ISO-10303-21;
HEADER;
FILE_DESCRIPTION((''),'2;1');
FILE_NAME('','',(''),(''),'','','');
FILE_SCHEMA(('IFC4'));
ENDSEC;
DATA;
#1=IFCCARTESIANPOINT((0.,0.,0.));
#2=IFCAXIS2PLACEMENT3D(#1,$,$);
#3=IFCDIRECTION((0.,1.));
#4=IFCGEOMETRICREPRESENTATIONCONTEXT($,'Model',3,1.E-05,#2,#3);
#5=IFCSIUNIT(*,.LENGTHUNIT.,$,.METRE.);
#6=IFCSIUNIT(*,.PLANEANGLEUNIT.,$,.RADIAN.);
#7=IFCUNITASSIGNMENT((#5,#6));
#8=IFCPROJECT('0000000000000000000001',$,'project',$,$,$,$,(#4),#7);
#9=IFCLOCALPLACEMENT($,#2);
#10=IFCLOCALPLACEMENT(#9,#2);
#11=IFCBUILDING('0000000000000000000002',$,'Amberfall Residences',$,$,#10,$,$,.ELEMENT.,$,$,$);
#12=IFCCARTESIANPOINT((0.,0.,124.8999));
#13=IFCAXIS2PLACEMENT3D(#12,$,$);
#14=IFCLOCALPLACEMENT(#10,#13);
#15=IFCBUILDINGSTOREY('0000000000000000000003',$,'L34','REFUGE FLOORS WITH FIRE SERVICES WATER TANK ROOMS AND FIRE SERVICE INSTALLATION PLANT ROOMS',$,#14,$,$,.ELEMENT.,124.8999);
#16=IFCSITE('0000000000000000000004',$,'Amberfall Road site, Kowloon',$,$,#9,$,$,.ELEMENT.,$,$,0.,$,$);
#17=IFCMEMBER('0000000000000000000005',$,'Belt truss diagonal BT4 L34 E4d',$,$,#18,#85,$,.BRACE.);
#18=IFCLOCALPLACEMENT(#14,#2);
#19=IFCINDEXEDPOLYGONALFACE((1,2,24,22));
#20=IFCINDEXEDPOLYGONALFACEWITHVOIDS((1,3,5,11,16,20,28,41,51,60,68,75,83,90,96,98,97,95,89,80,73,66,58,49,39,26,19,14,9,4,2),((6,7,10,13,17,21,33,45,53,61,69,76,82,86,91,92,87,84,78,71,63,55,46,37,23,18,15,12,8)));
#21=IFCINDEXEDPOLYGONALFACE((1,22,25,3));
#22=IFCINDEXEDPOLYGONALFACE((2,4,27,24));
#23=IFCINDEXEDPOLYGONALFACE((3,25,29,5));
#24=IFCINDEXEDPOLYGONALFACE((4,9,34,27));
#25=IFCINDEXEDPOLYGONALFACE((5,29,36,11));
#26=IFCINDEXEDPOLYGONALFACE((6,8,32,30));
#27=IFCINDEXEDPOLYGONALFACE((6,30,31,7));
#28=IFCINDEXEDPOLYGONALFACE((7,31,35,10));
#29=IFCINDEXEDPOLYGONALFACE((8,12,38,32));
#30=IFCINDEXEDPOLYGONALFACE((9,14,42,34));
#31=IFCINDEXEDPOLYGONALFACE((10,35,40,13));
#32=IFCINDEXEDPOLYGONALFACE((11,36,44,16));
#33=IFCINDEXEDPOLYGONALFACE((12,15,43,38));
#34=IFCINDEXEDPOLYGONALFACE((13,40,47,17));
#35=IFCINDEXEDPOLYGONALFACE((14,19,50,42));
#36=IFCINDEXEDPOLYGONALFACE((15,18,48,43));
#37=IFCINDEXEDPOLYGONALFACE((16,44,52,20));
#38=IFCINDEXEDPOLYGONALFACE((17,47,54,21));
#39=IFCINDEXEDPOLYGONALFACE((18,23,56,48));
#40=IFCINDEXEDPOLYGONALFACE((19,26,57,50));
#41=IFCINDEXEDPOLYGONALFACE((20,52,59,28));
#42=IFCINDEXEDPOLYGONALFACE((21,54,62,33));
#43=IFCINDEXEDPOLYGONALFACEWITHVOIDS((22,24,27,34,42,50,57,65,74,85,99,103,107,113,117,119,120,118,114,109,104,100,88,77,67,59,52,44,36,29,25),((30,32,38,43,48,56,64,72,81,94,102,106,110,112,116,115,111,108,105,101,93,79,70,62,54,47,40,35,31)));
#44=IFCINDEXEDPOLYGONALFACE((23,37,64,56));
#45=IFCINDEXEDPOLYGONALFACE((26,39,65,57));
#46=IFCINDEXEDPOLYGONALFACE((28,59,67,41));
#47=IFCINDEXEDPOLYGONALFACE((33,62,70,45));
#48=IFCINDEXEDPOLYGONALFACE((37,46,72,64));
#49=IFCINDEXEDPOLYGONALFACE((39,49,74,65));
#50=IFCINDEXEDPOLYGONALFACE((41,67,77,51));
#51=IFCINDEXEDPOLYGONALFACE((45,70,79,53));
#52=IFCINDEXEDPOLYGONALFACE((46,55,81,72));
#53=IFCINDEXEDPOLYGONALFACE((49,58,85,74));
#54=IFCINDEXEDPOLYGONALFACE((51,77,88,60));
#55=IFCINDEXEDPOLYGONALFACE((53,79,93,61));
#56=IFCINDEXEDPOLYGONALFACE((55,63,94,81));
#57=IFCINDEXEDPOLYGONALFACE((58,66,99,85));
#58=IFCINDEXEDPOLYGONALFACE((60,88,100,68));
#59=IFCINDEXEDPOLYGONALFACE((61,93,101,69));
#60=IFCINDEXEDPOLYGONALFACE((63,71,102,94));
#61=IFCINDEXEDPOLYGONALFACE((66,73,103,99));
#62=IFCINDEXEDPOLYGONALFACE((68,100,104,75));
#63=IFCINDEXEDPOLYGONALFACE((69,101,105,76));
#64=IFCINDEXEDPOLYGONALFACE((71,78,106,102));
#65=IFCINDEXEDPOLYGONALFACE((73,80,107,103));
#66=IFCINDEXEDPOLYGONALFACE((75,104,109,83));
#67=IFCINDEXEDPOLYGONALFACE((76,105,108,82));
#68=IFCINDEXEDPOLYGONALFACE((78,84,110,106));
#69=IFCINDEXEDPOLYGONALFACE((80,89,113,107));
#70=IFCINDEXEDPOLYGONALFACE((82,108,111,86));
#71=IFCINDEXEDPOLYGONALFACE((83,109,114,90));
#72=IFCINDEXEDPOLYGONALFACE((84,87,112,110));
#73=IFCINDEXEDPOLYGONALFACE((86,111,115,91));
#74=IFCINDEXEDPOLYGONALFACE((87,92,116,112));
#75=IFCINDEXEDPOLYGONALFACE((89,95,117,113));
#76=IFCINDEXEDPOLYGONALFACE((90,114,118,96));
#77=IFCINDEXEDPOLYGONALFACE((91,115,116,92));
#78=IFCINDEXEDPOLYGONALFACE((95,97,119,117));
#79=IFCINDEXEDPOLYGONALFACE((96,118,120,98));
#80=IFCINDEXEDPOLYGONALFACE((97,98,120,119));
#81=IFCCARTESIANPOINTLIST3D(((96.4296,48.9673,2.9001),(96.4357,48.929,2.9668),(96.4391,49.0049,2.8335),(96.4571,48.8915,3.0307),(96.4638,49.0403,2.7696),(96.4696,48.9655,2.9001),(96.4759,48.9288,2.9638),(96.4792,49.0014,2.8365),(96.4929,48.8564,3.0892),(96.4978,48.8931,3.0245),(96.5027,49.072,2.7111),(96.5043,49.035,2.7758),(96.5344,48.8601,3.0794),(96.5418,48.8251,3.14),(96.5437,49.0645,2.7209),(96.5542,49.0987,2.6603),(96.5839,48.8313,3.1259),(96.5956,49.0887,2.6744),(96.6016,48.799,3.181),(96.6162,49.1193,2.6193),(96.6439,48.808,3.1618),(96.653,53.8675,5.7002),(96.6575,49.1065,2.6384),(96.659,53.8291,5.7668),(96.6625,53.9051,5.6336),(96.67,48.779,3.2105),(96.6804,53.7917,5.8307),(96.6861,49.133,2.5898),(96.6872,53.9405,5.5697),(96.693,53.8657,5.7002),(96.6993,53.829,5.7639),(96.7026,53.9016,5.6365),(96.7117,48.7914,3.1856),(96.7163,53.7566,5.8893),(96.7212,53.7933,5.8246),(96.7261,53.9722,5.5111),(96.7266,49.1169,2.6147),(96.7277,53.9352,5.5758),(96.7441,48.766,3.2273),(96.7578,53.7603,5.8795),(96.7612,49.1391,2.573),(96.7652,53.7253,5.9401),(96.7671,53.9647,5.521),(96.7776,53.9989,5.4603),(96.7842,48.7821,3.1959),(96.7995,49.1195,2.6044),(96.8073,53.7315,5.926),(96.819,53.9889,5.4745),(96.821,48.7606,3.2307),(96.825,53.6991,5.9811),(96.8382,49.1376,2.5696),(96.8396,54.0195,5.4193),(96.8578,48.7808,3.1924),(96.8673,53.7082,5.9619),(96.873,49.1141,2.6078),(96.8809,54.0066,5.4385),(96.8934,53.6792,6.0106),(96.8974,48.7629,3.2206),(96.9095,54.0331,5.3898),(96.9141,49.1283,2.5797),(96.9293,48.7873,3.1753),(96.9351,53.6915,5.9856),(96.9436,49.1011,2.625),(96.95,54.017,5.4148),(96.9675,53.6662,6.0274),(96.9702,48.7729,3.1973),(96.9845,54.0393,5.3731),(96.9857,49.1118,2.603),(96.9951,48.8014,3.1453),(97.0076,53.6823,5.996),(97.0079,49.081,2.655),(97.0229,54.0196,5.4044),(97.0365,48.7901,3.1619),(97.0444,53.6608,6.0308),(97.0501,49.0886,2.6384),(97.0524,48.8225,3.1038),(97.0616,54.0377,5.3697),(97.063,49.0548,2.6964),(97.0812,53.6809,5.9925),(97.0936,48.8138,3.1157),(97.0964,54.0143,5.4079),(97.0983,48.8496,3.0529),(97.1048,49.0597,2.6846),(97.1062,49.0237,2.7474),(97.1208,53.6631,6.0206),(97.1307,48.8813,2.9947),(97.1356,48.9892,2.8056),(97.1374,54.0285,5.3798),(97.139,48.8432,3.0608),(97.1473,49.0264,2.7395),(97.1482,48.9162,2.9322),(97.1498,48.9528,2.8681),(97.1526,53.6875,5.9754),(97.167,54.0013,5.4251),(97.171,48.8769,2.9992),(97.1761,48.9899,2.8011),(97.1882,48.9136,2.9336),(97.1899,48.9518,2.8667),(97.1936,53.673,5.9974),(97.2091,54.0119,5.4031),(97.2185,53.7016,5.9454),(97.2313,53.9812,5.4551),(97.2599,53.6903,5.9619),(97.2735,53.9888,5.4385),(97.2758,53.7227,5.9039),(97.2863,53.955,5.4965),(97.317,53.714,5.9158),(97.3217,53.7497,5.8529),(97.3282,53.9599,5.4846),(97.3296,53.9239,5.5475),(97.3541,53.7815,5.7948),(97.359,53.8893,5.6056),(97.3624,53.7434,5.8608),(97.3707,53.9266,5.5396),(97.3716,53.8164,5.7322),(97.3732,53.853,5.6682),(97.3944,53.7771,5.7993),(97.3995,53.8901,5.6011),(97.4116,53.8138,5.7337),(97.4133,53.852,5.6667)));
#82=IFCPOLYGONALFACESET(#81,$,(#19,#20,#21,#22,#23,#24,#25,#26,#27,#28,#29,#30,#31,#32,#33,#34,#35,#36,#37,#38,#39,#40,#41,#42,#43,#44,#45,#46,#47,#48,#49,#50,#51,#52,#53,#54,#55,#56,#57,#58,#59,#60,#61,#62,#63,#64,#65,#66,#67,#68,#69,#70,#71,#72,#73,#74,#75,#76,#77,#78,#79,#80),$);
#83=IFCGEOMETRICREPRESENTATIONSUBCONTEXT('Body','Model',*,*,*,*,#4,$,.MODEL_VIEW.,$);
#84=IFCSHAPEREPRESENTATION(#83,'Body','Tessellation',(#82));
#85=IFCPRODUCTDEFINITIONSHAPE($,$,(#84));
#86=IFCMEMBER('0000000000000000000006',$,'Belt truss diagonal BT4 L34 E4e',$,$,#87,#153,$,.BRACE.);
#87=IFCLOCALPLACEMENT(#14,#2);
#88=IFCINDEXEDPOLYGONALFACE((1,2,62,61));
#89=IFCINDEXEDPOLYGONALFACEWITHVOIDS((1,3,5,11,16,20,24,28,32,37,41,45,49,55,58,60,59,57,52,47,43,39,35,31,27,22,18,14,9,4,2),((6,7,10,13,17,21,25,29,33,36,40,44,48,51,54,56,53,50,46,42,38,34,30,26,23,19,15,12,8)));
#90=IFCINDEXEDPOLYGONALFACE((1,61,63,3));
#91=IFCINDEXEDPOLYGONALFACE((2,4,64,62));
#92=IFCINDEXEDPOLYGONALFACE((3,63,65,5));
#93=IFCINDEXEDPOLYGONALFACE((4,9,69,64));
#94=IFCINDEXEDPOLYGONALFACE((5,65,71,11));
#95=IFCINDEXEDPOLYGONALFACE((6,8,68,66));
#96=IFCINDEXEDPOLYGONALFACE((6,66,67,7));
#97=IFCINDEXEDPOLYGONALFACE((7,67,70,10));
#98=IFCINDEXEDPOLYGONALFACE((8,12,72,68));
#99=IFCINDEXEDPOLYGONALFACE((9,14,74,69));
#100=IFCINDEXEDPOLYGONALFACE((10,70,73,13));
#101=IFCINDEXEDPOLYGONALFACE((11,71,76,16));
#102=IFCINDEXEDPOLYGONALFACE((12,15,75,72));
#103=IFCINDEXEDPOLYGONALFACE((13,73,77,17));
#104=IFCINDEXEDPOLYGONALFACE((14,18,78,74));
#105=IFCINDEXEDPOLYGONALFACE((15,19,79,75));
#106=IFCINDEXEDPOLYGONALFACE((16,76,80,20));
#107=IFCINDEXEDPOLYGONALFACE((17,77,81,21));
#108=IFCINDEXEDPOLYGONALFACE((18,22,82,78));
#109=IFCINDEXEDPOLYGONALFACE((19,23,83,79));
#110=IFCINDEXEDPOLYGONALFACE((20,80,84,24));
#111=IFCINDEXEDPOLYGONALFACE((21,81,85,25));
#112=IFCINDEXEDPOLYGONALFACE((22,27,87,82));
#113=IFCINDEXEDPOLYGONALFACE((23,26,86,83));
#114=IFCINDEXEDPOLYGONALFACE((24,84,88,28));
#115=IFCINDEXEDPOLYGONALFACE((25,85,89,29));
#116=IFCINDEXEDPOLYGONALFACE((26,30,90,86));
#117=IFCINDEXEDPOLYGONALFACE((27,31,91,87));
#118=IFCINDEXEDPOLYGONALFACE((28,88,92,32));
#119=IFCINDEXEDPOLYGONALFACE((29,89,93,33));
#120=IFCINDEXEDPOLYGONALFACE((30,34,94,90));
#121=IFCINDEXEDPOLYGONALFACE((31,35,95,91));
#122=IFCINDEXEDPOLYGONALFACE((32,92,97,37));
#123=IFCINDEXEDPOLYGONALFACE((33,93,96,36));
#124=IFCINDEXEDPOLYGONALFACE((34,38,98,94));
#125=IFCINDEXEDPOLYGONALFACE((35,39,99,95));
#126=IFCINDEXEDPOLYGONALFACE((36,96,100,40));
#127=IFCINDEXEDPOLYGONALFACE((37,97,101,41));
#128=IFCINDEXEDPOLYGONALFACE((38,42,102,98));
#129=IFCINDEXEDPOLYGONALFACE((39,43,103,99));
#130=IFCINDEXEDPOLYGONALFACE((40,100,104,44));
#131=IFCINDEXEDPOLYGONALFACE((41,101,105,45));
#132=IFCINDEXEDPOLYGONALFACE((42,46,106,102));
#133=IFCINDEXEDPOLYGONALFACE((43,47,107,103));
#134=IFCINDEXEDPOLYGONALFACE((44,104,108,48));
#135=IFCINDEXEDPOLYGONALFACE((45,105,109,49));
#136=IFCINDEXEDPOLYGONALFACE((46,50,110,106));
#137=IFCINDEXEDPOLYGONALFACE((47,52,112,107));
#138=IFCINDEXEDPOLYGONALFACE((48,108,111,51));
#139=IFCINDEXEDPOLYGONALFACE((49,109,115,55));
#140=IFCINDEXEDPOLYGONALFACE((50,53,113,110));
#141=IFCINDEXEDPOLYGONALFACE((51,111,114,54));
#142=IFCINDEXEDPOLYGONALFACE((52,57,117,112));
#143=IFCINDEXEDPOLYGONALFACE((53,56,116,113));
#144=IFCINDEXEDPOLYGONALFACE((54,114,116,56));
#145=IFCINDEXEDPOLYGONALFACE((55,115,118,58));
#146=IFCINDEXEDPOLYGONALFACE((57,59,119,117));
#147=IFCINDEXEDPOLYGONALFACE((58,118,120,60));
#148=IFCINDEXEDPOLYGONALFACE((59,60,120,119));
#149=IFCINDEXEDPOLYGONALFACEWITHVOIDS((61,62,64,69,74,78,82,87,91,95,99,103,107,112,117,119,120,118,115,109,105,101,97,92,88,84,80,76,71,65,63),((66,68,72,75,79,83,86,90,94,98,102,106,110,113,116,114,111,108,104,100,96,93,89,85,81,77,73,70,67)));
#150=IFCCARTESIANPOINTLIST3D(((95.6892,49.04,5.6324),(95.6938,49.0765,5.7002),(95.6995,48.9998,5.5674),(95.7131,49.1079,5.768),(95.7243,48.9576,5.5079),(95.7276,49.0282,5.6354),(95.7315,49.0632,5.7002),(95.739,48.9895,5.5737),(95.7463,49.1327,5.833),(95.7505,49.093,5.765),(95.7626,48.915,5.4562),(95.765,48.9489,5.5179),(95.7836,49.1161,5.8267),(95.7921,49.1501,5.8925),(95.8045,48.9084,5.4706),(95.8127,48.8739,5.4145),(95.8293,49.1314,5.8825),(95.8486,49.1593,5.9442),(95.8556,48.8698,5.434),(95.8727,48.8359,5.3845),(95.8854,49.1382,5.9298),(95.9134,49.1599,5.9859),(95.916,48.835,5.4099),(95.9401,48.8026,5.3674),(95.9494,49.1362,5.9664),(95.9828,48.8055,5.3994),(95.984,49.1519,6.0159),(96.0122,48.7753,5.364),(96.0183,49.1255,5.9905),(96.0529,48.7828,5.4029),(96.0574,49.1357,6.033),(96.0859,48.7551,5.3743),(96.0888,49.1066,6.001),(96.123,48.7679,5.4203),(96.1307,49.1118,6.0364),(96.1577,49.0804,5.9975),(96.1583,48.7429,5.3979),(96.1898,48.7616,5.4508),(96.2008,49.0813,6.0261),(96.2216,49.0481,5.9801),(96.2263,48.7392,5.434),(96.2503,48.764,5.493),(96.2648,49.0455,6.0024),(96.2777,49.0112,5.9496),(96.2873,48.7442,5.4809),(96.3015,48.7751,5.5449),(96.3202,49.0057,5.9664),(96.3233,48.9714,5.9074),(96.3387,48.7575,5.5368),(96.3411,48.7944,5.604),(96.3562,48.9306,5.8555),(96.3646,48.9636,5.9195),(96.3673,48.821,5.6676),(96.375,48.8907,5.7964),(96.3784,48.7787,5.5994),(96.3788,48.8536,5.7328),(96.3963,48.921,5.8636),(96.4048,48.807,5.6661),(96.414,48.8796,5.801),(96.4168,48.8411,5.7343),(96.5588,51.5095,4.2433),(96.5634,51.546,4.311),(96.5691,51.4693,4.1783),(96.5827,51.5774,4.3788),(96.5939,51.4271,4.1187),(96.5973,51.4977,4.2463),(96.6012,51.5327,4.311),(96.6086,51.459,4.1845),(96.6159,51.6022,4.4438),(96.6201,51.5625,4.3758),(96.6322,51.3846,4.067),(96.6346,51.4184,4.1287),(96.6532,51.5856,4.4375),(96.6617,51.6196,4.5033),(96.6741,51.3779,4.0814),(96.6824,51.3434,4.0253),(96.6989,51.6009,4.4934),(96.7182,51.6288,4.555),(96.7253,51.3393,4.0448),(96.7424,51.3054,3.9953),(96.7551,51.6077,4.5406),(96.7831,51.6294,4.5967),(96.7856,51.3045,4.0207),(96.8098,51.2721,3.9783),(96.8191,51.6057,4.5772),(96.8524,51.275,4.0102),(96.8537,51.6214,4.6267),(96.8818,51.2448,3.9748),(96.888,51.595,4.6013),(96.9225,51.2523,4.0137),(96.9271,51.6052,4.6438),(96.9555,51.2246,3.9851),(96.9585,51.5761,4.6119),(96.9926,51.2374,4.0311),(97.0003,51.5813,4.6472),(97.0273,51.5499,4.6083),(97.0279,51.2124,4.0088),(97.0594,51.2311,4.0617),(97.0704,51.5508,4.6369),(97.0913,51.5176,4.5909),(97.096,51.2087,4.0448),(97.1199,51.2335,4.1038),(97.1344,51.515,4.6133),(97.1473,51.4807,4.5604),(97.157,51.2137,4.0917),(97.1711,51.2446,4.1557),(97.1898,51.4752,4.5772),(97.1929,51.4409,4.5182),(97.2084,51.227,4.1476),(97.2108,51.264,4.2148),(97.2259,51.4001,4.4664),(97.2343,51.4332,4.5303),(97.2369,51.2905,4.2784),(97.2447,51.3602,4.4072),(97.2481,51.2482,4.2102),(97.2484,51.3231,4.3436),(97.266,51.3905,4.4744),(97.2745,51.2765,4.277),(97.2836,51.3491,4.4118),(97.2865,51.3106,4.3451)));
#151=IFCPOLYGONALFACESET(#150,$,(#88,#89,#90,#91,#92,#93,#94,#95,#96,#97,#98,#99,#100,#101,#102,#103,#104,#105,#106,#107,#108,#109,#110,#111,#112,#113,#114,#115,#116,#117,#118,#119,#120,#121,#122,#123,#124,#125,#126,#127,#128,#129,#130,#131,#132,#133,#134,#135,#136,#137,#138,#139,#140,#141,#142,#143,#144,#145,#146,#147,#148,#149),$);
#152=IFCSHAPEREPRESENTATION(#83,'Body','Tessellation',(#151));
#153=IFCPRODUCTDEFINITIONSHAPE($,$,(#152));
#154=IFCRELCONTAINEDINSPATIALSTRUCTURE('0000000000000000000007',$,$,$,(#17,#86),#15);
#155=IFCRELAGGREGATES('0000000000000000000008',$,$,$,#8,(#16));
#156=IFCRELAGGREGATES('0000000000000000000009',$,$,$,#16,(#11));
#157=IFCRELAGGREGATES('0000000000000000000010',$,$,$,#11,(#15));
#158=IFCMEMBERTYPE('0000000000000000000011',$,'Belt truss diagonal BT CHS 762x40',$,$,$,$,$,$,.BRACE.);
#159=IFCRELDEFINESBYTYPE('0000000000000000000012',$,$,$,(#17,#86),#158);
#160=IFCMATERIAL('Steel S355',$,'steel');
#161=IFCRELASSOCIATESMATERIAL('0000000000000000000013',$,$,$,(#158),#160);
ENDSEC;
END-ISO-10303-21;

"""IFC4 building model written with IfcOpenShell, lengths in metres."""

from ifc_helpers import new_model, si_unit, direction, frame, origin, origin_2d, place, context, subcontext, project, spatial, hollow_circle, extrude, material, material_profile, profile_set, type_object, element, save


model = new_model("IFC4")

# Units and contexts
model_context = context("Model", 3, precision=1e-05, world=origin(), true_north=direction((0.0, 1.0)))
body_context = subcontext(model_context, "Body", "Model", "MODEL_VIEW")
ifc_project = project(units=[si_unit("LENGTHUNIT", "METRE"), si_unit("PLANEANGLEUNIT", "RADIAN")], contexts=[model_context])

# Site, building, storey
site_placement = place(None, origin())
site = spatial("IfcSite", under=ifc_project, at=site_placement, Name="Amberfall Road site, Kowloon", CompositionType="ELEMENT", RefElevation=0.0)
building_placement = place(site_placement, origin())
building = spatial("IfcBuilding", under=site, at=building_placement, Name="Amberfall Residences", CompositionType="ELEMENT")
storey_placement = place(building_placement, frame((0.0, 0.0, 124.8999)))
storey = spatial("IfcBuildingStorey", under=building, at=storey_placement, Name="L34", Description="REFUGE FLOORS WITH FIRE SERVICES WATER TANK ROOMS AND FIRE SERVICE INSTALLATION PLANT ROOMS", CompositionType="ELEMENT", Elevation=124.8999)

# Shared definitions
ifc_material_1 = material(Name="Steel S355", Category="steel")

# Members
ifc_material_profile_1 = material_profile(ifc_material_1, hollow_circle(Radius=0.3811, WallThickness=0.04, at=origin_2d()), Name="CHS 762x40")
ifc_profile_set_1 = profile_set([ifc_material_profile_1], Name="Steel S355")
member_type = type_object("IfcMemberType", Name="Belt truss diagonal BT CHS 762x40", PredefinedType="BRACE", material=ifc_profile_set_1)
member_1_placement = place(storey_placement, frame((96.8103, 48.95, 2.9001), z_axis=(0.039551, 0.867566, 0.495746), x_axis=(-0.998962, 0.045541, 0.0)))
element("IfcMember", 1, at=member_1_placement, inside=storey, type_object=member_type, Name="Belt truss diagonal BT4 L34 E4d", PredefinedType="BRACE", context=body_context, shape_type="SweptSolid", body=[
    extrude(hollow_circle(Radius=0.3811, WallThickness=0.04, at=origin_2d()), origin(), (0.0, 0.0, 1.0), 5.6482),
])
member_2_placement = place(storey_placement, frame((96.0532, 48.95, 5.7002), z_axis=(0.293413, 0.833203, -0.468702), x_axis=(-0.943224, 0.332157, 0.0)))
element("IfcMember", 2, at=member_2_placement, inside=storey, type_object=member_type, Name="Belt truss diagonal BT4 L34 E4e", PredefinedType="BRACE", context=body_context, shape_type="SweptSolid", body=[
    extrude(hollow_circle(Radius=0.3811, WallThickness=0.04, at=origin_2d()), origin(), (0.0, 0.0, 1.0), 2.9639),
])

save(model, "model.ifc")
